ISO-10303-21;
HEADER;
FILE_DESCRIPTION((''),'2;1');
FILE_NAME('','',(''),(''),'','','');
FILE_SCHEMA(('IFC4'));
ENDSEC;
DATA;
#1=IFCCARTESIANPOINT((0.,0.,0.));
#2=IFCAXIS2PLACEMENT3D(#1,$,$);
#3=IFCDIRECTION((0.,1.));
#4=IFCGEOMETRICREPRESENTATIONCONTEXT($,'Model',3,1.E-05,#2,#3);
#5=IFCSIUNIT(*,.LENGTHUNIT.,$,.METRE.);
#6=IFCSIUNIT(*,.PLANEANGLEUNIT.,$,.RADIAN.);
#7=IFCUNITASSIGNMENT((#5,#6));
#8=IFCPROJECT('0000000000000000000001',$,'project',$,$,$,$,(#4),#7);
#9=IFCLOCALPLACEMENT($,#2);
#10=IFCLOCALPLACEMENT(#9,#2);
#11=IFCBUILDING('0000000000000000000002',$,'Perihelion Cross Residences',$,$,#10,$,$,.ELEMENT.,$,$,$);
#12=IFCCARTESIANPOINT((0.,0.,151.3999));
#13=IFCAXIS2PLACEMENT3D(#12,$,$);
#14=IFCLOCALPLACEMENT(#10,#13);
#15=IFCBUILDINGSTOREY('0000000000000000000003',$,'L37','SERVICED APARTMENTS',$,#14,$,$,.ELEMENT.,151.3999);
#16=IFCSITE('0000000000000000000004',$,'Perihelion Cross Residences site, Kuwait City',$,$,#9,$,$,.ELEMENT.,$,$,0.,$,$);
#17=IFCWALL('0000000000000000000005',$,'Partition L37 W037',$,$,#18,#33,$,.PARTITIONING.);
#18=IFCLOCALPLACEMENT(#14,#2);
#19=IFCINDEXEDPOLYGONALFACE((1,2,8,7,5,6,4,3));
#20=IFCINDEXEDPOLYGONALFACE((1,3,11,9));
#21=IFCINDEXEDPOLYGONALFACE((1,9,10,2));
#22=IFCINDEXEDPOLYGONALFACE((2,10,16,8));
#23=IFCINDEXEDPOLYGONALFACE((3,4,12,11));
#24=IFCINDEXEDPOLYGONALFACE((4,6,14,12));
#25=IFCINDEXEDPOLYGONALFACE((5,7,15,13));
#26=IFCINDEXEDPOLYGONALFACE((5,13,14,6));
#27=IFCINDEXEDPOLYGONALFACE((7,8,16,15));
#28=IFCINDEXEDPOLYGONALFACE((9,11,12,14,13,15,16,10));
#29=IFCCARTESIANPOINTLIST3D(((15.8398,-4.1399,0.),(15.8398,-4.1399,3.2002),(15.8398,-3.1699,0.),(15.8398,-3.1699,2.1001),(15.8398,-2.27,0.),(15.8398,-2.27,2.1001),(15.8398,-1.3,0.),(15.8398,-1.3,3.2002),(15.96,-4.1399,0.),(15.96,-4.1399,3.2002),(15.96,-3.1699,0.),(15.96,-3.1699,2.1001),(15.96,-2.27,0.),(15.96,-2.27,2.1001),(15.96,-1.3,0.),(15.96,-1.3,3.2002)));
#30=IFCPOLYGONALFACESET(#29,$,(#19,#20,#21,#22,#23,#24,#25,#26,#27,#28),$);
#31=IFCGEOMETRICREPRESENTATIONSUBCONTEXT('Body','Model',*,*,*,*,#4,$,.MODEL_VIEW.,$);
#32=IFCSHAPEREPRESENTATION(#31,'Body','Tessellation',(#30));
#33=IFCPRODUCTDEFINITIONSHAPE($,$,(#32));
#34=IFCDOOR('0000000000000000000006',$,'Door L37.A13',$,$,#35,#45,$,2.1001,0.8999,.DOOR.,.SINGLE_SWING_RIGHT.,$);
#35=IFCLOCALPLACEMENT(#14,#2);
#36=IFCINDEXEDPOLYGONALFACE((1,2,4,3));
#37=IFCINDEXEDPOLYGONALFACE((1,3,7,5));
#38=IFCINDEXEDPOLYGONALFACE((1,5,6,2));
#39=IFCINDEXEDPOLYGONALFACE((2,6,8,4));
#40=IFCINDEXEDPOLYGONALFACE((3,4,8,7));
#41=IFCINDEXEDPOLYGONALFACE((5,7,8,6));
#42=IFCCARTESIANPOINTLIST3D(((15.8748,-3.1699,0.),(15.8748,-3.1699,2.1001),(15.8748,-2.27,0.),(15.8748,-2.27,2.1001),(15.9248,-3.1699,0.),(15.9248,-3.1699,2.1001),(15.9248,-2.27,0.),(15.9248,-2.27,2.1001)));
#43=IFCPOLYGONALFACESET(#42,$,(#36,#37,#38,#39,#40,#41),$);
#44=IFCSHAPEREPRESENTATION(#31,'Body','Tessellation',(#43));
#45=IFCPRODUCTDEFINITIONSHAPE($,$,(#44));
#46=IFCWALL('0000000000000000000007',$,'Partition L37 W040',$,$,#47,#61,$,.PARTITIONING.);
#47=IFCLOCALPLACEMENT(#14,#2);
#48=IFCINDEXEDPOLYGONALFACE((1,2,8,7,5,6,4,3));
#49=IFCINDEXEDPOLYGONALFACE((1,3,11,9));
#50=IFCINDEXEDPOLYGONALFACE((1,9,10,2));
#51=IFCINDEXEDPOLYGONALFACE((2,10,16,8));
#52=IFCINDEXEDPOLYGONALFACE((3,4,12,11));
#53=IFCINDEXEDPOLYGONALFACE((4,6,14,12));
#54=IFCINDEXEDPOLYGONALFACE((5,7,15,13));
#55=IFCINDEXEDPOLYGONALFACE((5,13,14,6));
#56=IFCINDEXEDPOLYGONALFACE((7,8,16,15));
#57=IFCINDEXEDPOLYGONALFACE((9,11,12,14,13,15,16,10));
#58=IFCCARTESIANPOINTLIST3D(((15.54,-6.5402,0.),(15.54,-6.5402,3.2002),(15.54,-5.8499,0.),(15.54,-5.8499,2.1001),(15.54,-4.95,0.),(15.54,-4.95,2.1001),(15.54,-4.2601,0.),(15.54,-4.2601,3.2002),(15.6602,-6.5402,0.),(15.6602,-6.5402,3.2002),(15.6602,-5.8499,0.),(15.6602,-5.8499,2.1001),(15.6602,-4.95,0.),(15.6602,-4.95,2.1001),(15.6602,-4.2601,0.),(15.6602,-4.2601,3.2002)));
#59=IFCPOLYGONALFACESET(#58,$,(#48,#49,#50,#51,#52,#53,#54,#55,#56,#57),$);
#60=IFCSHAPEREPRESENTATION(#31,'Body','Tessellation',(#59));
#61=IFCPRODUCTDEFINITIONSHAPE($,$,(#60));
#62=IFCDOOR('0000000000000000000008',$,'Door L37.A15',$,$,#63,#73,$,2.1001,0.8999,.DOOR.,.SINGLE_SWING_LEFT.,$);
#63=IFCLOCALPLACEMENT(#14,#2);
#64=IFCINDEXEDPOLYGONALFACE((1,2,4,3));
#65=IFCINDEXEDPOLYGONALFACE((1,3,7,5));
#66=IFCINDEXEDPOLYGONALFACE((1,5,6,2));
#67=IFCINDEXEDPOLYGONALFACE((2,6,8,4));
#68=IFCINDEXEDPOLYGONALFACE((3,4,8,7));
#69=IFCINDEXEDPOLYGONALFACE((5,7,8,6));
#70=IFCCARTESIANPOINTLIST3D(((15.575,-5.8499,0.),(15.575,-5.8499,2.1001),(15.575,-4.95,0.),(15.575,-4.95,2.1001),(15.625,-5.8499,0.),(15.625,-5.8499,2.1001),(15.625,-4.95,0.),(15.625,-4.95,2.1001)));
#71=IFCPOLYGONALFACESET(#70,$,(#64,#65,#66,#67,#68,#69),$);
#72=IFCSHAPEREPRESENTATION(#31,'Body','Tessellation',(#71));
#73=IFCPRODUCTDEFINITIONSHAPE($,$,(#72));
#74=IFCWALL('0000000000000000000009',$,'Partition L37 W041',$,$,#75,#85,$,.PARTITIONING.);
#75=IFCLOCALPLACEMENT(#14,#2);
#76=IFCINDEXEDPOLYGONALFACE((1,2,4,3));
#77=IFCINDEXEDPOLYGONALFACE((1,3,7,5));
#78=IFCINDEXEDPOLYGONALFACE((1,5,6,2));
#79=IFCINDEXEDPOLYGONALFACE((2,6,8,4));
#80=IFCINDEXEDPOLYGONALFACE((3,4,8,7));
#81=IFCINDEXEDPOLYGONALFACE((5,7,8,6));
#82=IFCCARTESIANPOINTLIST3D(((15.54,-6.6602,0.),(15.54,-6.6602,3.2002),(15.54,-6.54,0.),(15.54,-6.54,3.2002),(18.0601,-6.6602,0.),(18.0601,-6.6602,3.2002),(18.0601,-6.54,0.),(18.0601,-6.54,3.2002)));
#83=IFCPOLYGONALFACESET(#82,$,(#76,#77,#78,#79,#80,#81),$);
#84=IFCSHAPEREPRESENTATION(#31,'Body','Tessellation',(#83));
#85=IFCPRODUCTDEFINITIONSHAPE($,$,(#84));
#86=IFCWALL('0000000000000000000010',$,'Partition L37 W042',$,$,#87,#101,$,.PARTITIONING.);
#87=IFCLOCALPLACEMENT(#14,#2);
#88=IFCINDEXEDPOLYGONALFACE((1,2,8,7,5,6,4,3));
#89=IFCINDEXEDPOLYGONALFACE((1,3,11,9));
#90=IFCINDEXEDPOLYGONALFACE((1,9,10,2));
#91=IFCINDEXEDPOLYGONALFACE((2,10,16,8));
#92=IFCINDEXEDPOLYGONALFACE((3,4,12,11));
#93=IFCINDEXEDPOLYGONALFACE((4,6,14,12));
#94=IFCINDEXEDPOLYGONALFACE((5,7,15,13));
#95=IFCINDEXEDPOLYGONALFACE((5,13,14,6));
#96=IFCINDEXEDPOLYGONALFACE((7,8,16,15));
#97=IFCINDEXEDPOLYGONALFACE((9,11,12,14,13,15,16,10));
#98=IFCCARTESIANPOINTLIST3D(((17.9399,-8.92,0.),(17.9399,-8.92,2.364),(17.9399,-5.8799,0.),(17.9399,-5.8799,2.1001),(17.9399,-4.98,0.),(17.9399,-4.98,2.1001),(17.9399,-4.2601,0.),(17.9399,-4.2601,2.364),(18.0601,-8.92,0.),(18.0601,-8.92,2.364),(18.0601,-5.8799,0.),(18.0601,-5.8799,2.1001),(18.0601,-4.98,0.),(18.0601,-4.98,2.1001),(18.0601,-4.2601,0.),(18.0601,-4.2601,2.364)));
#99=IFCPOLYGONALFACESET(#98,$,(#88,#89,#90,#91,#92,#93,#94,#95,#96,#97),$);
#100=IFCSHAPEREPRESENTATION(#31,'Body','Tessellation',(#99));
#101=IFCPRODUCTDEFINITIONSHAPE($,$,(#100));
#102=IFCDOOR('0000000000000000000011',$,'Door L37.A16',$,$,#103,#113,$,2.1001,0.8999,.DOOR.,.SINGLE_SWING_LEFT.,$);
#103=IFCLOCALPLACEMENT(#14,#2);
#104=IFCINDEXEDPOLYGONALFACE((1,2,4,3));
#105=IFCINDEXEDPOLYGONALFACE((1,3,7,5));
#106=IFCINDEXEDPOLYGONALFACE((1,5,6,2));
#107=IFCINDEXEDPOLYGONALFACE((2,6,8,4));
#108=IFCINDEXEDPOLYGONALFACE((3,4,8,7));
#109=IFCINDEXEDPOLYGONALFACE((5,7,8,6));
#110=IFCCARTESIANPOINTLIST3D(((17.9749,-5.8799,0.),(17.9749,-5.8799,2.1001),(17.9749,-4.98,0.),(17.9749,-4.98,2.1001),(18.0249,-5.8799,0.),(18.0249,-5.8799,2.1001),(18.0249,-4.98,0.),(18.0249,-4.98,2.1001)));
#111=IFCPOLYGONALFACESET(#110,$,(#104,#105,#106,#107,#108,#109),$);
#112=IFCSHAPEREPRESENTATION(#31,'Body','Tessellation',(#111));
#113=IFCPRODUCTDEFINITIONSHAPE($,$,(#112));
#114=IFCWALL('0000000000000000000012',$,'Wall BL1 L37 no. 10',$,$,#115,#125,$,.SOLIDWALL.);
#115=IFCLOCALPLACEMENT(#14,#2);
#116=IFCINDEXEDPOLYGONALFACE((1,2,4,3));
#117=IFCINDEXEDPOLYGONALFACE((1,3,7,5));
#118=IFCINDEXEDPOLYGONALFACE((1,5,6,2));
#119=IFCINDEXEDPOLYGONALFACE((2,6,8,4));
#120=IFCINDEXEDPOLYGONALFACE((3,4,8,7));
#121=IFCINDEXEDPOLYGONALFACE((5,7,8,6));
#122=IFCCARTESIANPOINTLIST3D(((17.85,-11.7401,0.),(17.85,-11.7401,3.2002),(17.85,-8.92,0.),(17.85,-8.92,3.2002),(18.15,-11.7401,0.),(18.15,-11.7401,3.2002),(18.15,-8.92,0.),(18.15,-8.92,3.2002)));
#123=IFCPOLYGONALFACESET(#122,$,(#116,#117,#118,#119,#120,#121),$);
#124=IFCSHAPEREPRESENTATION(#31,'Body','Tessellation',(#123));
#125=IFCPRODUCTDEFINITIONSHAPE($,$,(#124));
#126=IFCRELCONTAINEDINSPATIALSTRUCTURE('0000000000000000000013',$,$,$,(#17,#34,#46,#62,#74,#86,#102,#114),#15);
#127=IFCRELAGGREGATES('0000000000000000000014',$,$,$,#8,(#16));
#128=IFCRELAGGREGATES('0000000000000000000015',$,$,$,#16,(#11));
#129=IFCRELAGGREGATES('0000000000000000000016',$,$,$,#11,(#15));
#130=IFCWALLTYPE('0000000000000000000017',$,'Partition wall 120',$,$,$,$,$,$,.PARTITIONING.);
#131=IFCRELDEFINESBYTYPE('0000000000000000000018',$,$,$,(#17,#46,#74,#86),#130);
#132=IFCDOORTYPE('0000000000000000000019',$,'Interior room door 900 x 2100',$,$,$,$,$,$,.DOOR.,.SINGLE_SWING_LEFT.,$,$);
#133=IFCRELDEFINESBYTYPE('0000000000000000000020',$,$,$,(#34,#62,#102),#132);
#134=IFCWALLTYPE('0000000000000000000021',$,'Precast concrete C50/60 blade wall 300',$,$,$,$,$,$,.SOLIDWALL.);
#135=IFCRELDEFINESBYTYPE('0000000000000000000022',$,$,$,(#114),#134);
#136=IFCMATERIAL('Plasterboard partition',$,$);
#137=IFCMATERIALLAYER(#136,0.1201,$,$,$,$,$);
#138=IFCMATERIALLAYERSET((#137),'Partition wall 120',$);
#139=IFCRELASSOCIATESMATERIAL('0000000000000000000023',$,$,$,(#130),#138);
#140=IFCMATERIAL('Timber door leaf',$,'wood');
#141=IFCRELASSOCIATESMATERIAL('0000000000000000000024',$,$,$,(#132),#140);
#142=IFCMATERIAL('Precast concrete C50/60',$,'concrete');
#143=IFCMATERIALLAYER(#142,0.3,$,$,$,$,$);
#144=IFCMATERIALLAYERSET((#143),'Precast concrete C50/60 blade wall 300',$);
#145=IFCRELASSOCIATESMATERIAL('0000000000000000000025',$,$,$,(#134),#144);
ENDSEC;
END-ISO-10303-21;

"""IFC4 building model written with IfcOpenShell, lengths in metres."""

from ifc_helpers import new_model, si_unit, direction, frame, frame_2d, origin, place, context, subcontext, project, spatial, rectangle, extrude, material, layer, layer_set, type_object, element, fill, save


model = new_model("IFC4")

# Units and contexts
model_context = context("Model", 3, precision=1e-05, world=origin(), true_north=direction((0.0, 1.0)))
body_context = subcontext(model_context, "Body", "Model", "MODEL_VIEW")
ifc_project = project(units=[si_unit("LENGTHUNIT", "METRE"), si_unit("PLANEANGLEUNIT", "RADIAN")], contexts=[model_context])

# Site, building, storey
site_placement = place(None, origin())
site = spatial("IfcSite", under=ifc_project, at=site_placement, Name="Perihelion Cross Residences site, Kuwait City", CompositionType="ELEMENT", RefElevation=0.0)
building_placement = place(site_placement, origin())
building = spatial("IfcBuilding", under=site, at=building_placement, Name="Perihelion Cross Residences", CompositionType="ELEMENT")
storey_placement = place(building_placement, frame((0.0, 0.0, 151.3999)))
storey = spatial("IfcBuildingStorey", under=building, at=storey_placement, Name="L37", Description="SERVICED APARTMENTS", CompositionType="ELEMENT", Elevation=151.3999)

# Shared definitions
ifc_material_1 = material(Name="Plasterboard partition")
ifc_layer_1 = layer(ifc_material_1, 0.1201)
ifc_layer_set_1 = layer_set([ifc_layer_1], Name="Partition wall 120")
wall_type_1 = type_object("IfcWallType", Name="Partition wall 120", PredefinedType="PARTITIONING", material=ifc_layer_set_1)

# Shared definitions
ifc_material_2 = material(Name="Timber door leaf", Category="wood")
door_type_1 = type_object("IfcDoorType", Name="Interior room door 900 x 2100", OperationType="SINGLE_SWING_LEFT", PredefinedType="DOOR", material=ifc_material_2)

# Walls, openings, doors
wall_1_placement = place(storey_placement, frame((15.8999, -1.3, 0.0), z_axis=(0.0, 0.0, 1.0), x_axis=(0.0, -1.0, 0.0)))
wall_1 = element("IfcWall", 1, at=wall_1_placement, inside=storey, type_object=wall_type_1, Name="Partition L37 W037", PredefinedType="PARTITIONING", context=body_context, shape_type="SweptSolid", body=[
    extrude(rectangle(XDim=2.8398, YDim=0.1201, at=frame_2d((1.4199, 0.0))), origin(), (0.0, 0.0, 1.0), 3.2002),
])
opening_1_placement = place(wall_1_placement, frame((0.97, 0.0, 0.0)))
opening_1 = element("IfcOpeningElement", 2, at=opening_1_placement, cuts=wall_1, PredefinedType="OPENING", context=body_context, shape_type="SweptSolid", body=[
    extrude(rectangle(XDim=0.8999, YDim=2.1001, at=frame_2d((0.45, 1.05))), frame((0.0, 0.0701, 0.0), z_axis=(0.0, -1.0, 0.0), x_axis=(1.0, 0.0, 0.0)), (0.0, 0.0, 1.0), 0.1401),
])
door_1_placement = place(opening_1_placement, origin())
door_1 = element("IfcDoor", 3, at=door_1_placement, inside=storey, type_object=door_type_1, Name="Door L37.A13", OperationType="SINGLE_SWING_RIGHT", OverallHeight=2.1001, OverallWidth=0.8999, PredefinedType="DOOR", context=body_context, shape_type="SweptSolid", body=[
    extrude(rectangle(XDim=0.8999, YDim=2.1001, at=frame_2d((0.45, 1.05))), frame((0.0, 0.0249, 0.0), z_axis=(0.0, -1.0, 0.0), x_axis=(1.0, 0.0, 0.0)), (0.0, 0.0, 1.0), 0.05),
])
fill(opening_1, door_1)
wall_2_placement = place(storey_placement, frame((15.6001, -4.26, 0.0), z_axis=(0.0, 0.0, 1.0), x_axis=(0.0, -1.0, 0.0)))
wall_2 = element("IfcWall", 4, at=wall_2_placement, inside=storey, type_object=wall_type_1, Name="Partition L37 W040", PredefinedType="PARTITIONING", context=body_context, shape_type="SweptSolid", body=[
    extrude(rectangle(XDim=2.28, YDim=0.1201, at=frame_2d((1.1401, 0.0))), origin(), (0.0, 0.0, 1.0), 3.2002),
])
opening_2_placement = place(wall_2_placement, frame((0.6899, 0.0, 0.0)))
opening_2 = element("IfcOpeningElement", 5, at=opening_2_placement, cuts=wall_2, PredefinedType="OPENING", context=body_context, shape_type="SweptSolid", body=[
    extrude(rectangle(XDim=0.8999, YDim=2.1001, at=frame_2d((0.45, 1.05))), frame((0.0, 0.0701, 0.0), z_axis=(0.0, -1.0, 0.0), x_axis=(1.0, 0.0, 0.0)), (0.0, 0.0, 1.0), 0.1401),
])
door_2_placement = place(opening_2_placement, origin())
door_2 = element("IfcDoor", 6, at=door_2_placement, inside=storey, type_object=door_type_1, Name="Door L37.A15", OperationType="SINGLE_SWING_LEFT", OverallHeight=2.1001, OverallWidth=0.8999, PredefinedType="DOOR", context=body_context, shape_type="SweptSolid", body=[
    extrude(rectangle(XDim=0.8999, YDim=2.1001, at=frame_2d((0.45, 1.05))), frame((0.0, 0.0249, 0.0), z_axis=(0.0, -1.0, 0.0), x_axis=(1.0, 0.0, 0.0)), (0.0, 0.0, 1.0), 0.05),
])
fill(opening_2, door_2)

# Wall
wall_3_placement = place(storey_placement, frame((15.54, -6.6001, 0.0), z_axis=(0.0, 0.0, 1.0), x_axis=(1.0, 0.0, 0.0)))
element("IfcWall", 7, at=wall_3_placement, inside=storey, type_object=wall_type_1, Name="Partition L37 W041", PredefinedType="PARTITIONING", context=body_context, shape_type="SweptSolid", body=[
    extrude(rectangle(XDim=2.52, YDim=0.1201, at=frame_2d((1.26, 0.0))), origin(), (0.0, 0.0, 1.0), 3.2002),
])

# Wall, opening, door
wall_4_placement = place(storey_placement, frame((18.0, -4.26, 0.0), z_axis=(0.0, 0.0, 1.0), x_axis=(0.0, -1.0, 0.0)))
wall_4 = element("IfcWall", 8, at=wall_4_placement, inside=storey, type_object=wall_type_1, Name="Partition L37 W042", PredefinedType="PARTITIONING", context=body_context, shape_type="SweptSolid", body=[
    extrude(rectangle(XDim=4.6599, YDim=0.1201, at=frame_2d((2.3301, 0.0))), origin(), (0.0, 0.0, 1.0), 2.364),
])
opening_3_placement = place(wall_4_placement, frame((0.72, 0.0, 0.0)))
opening_3 = element("IfcOpeningElement", 9, at=opening_3_placement, cuts=wall_4, PredefinedType="OPENING", context=body_context, shape_type="SweptSolid", body=[
    extrude(rectangle(XDim=0.8999, YDim=2.1001, at=frame_2d((0.45, 1.05))), frame((0.0, 0.0701, 0.0), z_axis=(0.0, -1.0, 0.0), x_axis=(1.0, 0.0, 0.0)), (0.0, 0.0, 1.0), 0.1401),
])
door_3_placement = place(opening_3_placement, origin())
door_3 = element("IfcDoor", 10, at=door_3_placement, inside=storey, type_object=door_type_1, Name="Door L37.A16", OperationType="SINGLE_SWING_LEFT", OverallHeight=2.1001, OverallWidth=0.8999, PredefinedType="DOOR", context=body_context, shape_type="SweptSolid", body=[
    extrude(rectangle(XDim=0.8999, YDim=2.1001, at=frame_2d((0.45, 1.05))), frame((0.0, 0.0249, 0.0), z_axis=(0.0, -1.0, 0.0), x_axis=(1.0, 0.0, 0.0)), (0.0, 0.0, 1.0), 0.05),
])
fill(opening_3, door_3)

# Wall
ifc_material_3 = material(Name="Precast concrete C50/60", Category="concrete")
ifc_layer_2 = layer(ifc_material_3, 0.3)
ifc_layer_set_2 = layer_set([ifc_layer_2], Name="Precast concrete C50/60 blade wall 300")
wall_type_2 = type_object("IfcWallType", Name="Precast concrete C50/60 blade wall 300", PredefinedType="SOLIDWALL", material=ifc_layer_set_2)
wall_5_placement = place(storey_placement, frame((18.0, -8.9199, 0.0), z_axis=(0.0, 0.0, 1.0), x_axis=(0.0, -1.0, 0.0)))
element("IfcWall", 11, at=wall_5_placement, inside=storey, type_object=wall_type_2, Name="Wall BL1 L37 no. 10", PredefinedType="SOLIDWALL", context=body_context, shape_type="SweptSolid", body=[
    extrude(rectangle(XDim=2.8201, YDim=0.3, at=frame_2d((1.4102, 0.0))), origin(), (0.0, 0.0, 1.0), 3.2002),
])

save(model, "model.ifc")
